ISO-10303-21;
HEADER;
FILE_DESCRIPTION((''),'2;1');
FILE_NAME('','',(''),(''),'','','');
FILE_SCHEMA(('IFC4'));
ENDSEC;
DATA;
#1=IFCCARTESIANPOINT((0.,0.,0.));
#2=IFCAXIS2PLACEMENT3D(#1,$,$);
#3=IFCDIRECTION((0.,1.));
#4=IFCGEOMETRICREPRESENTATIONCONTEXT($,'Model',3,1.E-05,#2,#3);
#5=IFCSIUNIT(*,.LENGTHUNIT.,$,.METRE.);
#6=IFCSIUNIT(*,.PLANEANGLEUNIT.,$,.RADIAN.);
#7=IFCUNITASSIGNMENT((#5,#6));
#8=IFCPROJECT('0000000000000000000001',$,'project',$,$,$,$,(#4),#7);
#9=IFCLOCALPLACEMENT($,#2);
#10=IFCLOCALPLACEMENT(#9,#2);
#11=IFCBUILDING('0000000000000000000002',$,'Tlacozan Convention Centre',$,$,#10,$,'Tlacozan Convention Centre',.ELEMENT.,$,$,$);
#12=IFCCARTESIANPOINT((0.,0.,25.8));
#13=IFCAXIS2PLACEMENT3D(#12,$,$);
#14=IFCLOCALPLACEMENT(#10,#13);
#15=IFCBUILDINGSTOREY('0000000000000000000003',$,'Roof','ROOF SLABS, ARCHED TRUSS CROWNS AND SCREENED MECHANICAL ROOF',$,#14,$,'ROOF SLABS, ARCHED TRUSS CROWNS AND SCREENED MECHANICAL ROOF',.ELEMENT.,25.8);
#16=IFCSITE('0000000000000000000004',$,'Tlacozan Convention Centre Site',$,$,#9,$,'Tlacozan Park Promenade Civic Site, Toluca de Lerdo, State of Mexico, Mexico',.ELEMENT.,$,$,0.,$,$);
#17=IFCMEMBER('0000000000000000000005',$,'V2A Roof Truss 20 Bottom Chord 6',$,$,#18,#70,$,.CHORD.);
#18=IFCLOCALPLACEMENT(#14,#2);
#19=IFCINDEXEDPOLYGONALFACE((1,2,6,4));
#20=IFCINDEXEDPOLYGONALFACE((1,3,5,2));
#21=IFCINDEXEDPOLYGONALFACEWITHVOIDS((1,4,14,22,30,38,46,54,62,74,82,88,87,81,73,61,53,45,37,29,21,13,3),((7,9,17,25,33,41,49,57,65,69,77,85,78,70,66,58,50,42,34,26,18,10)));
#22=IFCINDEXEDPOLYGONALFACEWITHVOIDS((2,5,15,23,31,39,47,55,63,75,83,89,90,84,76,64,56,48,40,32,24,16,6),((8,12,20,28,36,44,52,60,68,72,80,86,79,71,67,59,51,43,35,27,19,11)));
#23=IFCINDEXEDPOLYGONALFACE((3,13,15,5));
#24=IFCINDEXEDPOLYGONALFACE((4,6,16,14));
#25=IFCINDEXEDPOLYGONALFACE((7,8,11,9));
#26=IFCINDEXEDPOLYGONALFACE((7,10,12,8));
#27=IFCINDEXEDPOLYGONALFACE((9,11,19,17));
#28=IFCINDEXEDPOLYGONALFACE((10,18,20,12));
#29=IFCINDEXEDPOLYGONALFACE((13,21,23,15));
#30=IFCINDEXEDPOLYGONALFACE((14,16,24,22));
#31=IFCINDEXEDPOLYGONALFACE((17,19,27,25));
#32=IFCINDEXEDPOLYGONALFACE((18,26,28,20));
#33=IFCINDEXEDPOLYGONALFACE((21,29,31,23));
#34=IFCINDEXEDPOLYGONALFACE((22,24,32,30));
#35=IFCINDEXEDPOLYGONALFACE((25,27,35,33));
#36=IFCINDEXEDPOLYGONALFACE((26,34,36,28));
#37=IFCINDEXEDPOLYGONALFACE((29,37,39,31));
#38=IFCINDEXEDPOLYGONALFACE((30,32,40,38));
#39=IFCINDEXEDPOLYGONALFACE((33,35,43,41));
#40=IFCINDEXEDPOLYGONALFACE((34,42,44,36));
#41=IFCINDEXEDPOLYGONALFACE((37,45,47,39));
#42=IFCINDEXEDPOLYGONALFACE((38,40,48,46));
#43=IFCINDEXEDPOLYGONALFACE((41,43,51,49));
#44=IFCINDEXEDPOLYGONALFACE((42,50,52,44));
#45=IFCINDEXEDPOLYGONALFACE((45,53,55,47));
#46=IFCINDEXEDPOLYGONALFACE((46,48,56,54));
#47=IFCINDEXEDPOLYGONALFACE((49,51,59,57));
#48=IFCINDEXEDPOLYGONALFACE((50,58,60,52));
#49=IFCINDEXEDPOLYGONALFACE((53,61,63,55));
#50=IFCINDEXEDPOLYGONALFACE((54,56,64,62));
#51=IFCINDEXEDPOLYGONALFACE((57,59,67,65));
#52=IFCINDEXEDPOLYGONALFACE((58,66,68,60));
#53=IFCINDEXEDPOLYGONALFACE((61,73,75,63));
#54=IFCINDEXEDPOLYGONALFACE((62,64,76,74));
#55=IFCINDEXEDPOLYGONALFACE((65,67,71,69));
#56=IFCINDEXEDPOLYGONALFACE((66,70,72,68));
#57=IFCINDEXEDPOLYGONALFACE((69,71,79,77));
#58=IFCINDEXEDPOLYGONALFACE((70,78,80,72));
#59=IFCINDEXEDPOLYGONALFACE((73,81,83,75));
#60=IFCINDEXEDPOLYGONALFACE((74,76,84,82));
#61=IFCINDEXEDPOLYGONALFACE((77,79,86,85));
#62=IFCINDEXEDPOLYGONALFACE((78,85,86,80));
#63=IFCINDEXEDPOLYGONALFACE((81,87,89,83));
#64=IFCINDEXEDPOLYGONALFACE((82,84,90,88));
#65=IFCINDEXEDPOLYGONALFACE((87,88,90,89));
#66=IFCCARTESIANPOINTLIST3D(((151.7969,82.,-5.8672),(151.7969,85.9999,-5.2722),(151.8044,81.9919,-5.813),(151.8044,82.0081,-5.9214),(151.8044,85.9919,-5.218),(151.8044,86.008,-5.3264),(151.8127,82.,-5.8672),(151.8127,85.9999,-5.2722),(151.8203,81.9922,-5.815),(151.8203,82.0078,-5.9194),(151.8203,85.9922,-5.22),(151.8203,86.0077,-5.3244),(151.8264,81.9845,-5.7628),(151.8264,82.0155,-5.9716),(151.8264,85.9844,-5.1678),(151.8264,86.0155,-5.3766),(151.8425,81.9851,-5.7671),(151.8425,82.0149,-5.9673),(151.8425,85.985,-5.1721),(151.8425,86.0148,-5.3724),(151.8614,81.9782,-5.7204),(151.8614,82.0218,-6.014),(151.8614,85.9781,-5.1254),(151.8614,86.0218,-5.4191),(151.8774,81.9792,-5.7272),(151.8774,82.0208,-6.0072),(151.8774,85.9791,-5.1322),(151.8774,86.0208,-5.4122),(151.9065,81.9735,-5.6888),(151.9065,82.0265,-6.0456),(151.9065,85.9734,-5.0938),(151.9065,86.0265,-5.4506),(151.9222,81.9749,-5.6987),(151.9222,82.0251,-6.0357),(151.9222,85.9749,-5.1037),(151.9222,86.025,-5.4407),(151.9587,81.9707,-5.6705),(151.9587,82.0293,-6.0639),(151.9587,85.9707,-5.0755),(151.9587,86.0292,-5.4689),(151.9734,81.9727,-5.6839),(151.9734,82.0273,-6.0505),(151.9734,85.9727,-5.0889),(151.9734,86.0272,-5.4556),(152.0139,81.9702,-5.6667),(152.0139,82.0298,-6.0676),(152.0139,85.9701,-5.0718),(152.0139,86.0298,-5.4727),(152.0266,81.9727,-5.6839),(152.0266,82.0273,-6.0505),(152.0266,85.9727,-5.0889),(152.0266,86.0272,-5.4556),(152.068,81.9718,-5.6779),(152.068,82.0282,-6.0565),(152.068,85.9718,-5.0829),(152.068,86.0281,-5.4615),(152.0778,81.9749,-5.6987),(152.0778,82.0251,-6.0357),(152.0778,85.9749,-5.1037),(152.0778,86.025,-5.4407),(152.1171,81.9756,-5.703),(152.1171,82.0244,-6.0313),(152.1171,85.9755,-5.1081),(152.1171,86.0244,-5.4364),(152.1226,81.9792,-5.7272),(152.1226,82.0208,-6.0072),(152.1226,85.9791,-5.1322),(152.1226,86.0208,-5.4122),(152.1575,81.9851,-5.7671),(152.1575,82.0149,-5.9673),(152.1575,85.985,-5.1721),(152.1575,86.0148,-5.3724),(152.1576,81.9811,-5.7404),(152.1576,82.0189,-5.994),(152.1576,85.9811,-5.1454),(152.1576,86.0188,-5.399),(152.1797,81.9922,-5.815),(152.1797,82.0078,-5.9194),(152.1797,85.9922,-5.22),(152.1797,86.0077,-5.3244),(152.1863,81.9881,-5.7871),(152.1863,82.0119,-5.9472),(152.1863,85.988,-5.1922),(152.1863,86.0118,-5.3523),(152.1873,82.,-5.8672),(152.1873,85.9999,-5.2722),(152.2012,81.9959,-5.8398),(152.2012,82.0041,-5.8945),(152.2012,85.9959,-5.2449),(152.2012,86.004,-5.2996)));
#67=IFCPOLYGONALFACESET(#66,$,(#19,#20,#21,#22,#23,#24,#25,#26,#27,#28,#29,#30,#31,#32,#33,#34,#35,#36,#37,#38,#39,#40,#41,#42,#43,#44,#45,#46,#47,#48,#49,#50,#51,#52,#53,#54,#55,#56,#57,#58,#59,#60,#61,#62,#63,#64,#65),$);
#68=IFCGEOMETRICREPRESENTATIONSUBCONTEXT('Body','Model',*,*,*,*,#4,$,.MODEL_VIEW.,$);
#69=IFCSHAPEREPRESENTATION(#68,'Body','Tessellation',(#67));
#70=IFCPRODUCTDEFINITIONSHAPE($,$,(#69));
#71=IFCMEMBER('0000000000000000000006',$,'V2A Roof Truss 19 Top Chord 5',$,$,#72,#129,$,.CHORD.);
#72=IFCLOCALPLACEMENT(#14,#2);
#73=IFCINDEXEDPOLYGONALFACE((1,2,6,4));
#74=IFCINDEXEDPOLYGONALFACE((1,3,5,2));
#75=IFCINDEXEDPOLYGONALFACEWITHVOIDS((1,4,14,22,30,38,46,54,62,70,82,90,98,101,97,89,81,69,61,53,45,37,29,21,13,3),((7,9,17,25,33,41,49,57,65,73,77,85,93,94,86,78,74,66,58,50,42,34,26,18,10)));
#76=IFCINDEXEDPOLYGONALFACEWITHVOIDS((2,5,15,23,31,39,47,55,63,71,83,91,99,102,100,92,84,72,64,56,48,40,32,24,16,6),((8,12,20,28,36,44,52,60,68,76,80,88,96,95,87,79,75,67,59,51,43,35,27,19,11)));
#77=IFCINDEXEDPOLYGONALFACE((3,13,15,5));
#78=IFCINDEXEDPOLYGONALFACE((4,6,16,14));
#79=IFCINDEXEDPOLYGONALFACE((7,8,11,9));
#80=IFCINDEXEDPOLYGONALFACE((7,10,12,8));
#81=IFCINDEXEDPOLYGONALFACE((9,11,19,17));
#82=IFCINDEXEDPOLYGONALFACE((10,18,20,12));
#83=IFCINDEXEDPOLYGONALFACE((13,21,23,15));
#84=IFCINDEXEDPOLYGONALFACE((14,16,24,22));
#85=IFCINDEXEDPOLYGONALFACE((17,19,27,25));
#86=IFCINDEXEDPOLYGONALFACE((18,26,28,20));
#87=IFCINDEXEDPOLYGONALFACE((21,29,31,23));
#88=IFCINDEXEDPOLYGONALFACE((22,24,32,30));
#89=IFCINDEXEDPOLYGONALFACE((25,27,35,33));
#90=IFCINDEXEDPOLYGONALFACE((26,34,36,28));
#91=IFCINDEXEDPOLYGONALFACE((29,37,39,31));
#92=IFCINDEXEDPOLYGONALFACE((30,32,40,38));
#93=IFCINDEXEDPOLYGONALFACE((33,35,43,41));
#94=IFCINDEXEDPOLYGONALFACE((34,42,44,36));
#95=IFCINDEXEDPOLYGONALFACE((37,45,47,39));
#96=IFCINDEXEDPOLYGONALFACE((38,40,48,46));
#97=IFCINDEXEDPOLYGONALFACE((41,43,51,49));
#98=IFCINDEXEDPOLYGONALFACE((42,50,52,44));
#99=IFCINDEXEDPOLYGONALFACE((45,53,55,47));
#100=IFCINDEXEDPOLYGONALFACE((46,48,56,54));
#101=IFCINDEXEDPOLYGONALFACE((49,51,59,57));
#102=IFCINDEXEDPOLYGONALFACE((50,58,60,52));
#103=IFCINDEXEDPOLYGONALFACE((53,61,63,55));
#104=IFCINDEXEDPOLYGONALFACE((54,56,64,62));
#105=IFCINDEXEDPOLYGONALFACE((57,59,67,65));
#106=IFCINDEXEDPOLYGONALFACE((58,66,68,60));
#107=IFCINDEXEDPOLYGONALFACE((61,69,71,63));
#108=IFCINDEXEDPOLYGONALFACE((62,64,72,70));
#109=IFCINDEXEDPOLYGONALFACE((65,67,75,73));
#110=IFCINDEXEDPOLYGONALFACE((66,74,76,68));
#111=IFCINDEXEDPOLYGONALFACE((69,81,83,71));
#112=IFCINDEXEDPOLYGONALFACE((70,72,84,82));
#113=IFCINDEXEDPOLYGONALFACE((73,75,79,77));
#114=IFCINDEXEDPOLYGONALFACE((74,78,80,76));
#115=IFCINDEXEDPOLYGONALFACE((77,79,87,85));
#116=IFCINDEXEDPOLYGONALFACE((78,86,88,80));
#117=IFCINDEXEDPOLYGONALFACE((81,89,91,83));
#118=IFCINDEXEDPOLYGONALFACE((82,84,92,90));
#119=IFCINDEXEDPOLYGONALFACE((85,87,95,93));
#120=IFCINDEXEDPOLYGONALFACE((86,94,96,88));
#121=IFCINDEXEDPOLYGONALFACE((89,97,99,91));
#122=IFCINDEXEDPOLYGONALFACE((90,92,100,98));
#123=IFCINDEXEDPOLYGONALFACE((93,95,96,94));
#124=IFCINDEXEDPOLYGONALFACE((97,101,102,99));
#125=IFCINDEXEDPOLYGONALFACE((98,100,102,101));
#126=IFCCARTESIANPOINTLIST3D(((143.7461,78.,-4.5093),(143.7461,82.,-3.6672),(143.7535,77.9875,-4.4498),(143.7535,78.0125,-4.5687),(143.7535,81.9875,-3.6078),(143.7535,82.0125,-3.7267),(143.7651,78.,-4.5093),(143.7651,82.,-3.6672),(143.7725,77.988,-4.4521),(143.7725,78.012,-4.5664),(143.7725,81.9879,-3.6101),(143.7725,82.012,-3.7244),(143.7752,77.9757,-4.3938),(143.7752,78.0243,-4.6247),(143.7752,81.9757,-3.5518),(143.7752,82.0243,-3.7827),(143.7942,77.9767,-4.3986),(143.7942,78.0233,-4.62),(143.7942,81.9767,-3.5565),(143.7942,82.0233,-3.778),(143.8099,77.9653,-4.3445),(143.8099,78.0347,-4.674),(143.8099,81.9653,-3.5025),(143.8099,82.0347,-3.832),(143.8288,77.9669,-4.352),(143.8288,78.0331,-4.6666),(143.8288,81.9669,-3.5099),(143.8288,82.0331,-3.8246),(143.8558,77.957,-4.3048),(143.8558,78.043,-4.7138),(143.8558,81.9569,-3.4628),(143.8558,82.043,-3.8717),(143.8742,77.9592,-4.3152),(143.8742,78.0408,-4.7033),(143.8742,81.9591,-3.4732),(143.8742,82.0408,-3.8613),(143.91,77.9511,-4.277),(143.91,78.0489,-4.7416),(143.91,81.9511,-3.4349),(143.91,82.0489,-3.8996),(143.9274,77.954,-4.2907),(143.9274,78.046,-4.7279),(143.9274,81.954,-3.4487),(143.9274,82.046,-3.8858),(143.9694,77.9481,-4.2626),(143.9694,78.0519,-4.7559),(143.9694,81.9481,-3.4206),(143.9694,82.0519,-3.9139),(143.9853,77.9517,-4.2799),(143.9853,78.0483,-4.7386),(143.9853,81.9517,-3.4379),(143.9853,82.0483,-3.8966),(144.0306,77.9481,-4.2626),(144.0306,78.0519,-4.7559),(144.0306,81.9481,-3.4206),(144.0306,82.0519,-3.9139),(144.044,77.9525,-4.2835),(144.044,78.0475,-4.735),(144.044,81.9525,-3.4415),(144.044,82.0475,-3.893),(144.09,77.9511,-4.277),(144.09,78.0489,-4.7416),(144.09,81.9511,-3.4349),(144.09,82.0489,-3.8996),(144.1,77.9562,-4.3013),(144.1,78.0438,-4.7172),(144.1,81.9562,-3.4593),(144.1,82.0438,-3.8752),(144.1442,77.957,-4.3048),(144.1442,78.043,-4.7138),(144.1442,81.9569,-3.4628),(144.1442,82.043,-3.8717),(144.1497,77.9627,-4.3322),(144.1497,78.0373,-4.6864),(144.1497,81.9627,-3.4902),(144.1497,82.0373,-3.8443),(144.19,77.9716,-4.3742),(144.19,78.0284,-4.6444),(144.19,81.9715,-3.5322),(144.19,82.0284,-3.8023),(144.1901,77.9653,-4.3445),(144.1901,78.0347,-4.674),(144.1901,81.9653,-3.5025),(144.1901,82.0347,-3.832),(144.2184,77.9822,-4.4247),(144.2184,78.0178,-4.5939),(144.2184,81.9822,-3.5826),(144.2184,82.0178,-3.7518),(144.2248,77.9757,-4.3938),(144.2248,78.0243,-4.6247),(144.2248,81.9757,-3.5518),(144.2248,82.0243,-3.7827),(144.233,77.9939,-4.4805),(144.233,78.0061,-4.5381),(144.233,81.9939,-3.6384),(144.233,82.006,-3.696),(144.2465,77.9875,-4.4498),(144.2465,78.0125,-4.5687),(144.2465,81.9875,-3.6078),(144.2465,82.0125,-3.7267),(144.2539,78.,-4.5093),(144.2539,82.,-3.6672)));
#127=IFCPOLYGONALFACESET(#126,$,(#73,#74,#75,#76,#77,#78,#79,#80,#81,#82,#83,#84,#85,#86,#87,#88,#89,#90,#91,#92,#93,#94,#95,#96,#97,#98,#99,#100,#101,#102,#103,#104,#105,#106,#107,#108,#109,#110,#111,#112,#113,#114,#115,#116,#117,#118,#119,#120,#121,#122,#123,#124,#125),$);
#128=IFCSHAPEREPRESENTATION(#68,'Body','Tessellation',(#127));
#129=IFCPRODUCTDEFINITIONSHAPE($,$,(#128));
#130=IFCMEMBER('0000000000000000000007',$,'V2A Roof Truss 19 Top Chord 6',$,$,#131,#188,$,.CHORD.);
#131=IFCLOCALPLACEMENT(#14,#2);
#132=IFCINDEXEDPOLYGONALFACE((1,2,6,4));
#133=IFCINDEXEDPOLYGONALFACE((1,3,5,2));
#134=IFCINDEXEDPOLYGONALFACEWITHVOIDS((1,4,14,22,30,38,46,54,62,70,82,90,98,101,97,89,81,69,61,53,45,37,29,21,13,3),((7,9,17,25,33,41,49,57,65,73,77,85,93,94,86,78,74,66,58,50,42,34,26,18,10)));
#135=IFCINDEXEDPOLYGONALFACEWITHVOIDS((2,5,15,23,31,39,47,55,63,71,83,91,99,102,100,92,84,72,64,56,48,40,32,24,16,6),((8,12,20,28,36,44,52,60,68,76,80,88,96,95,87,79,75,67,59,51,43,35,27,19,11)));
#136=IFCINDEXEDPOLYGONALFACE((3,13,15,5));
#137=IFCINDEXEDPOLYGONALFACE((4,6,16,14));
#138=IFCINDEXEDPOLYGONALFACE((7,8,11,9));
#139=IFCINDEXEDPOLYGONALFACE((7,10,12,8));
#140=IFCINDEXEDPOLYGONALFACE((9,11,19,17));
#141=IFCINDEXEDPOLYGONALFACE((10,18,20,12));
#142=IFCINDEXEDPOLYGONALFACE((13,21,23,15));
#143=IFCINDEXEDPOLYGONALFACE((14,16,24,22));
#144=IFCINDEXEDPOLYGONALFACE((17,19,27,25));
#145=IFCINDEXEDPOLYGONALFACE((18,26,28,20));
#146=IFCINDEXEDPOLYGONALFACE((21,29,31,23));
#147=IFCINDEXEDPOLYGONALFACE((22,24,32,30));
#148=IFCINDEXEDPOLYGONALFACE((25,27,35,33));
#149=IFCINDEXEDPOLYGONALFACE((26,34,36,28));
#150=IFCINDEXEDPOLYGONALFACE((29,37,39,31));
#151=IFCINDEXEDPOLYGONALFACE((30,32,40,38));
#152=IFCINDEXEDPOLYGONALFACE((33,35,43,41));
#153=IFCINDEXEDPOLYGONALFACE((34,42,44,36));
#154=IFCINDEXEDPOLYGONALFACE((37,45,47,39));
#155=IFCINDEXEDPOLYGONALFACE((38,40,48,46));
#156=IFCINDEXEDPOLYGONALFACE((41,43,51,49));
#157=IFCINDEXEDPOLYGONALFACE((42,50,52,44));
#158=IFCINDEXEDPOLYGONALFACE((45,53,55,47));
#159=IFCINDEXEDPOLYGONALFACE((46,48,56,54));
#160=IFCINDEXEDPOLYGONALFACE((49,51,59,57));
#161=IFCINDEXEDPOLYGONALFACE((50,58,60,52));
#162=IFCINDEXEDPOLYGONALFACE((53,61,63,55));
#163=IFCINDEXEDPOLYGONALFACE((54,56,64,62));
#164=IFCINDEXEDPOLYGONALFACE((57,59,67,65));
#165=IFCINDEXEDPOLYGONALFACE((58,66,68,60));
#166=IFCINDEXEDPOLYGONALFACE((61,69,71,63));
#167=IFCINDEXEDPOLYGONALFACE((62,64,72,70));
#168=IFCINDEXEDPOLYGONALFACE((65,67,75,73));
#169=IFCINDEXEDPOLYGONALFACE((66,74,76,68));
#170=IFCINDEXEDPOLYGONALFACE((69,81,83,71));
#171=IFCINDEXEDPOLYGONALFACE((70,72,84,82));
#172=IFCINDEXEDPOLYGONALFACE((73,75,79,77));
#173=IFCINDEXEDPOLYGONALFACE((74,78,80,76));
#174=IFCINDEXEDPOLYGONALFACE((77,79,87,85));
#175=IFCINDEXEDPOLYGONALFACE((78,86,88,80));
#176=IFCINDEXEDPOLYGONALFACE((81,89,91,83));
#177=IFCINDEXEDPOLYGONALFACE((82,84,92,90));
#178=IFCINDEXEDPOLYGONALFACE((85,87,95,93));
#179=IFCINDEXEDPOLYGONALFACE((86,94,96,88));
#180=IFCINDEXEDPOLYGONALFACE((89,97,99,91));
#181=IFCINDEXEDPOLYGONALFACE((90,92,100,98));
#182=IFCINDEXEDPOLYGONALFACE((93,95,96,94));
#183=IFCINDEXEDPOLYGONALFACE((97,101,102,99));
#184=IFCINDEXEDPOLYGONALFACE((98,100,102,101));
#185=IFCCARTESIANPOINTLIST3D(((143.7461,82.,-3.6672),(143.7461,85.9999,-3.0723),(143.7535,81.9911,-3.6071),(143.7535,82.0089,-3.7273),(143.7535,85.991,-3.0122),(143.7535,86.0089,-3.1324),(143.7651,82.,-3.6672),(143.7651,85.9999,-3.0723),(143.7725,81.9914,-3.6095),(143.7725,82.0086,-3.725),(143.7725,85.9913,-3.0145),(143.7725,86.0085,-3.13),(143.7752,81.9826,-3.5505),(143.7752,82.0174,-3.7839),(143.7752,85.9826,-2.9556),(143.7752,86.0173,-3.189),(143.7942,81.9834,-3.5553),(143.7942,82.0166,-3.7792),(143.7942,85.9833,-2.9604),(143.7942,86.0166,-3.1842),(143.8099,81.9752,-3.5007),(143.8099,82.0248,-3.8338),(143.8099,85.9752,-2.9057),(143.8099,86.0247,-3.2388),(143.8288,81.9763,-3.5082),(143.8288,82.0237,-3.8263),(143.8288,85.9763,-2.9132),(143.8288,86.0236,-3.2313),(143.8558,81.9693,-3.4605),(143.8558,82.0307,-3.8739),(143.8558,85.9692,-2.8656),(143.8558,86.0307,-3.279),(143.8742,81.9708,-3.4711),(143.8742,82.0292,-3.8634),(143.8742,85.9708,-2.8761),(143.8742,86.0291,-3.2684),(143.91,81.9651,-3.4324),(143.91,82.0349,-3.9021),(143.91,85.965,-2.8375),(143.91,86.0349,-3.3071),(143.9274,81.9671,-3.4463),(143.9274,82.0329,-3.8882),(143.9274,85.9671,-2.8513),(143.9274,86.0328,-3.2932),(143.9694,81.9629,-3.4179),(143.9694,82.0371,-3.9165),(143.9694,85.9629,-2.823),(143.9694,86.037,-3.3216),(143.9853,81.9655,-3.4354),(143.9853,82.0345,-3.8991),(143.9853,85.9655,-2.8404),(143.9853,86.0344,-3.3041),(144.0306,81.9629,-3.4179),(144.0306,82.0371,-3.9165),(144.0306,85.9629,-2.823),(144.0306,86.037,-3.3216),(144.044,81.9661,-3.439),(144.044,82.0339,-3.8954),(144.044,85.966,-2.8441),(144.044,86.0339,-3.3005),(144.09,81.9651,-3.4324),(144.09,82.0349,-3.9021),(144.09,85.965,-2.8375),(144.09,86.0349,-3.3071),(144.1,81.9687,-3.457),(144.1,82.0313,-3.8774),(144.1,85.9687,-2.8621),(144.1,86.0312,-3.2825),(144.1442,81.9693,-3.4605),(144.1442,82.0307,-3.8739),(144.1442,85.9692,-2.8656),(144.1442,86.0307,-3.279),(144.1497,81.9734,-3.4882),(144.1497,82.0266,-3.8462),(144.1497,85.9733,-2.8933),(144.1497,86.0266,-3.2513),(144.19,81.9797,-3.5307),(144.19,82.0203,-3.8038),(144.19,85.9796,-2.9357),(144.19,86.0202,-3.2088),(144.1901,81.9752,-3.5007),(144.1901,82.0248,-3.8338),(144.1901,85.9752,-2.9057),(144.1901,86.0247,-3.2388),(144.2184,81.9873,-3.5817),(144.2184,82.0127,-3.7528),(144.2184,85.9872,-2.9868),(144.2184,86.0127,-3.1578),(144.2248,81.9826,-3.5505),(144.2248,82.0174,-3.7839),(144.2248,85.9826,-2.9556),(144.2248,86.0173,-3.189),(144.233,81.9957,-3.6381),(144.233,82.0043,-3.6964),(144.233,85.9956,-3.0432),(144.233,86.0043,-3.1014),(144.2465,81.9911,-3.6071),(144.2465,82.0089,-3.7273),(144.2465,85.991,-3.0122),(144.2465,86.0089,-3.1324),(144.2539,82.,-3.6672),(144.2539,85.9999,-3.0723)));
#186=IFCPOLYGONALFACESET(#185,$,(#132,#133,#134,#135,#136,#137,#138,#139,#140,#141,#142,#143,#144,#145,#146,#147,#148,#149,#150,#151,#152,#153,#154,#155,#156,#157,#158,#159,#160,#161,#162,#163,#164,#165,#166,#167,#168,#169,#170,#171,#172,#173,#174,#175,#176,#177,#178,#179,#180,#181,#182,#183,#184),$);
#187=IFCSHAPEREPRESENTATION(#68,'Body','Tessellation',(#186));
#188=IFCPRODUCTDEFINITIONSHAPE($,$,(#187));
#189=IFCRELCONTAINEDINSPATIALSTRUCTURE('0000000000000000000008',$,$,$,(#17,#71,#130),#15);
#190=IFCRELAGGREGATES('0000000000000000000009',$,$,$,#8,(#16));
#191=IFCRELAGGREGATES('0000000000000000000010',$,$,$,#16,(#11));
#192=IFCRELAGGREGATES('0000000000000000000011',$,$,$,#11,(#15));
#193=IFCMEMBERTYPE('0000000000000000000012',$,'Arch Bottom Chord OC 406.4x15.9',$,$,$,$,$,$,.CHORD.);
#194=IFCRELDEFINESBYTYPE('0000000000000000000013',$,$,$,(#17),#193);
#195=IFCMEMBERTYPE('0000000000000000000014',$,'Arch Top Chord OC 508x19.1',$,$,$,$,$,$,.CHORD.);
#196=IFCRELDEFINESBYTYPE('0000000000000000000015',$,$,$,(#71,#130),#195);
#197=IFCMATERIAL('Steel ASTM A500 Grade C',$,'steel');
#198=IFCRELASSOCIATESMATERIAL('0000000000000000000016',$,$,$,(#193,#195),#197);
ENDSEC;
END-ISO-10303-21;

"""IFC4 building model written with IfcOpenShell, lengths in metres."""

from ifc_helpers import new_model, si_unit, direction, frame, origin, origin_2d, place, context, subcontext, project, spatial, hollow_circle, extrude, material, material_profile, profile_set, type_object, element, save


model = new_model("IFC4")

# Units and contexts
model_context = context("Model", 3, precision=1e-05, world=origin(), true_north=direction((0.0, 1.0)))
body_context = subcontext(model_context, "Body", "Model", "MODEL_VIEW")
ifc_project = project(units=[si_unit("LENGTHUNIT", "METRE"), si_unit("PLANEANGLEUNIT", "RADIAN")], contexts=[model_context])

# Site, building, storey
site_placement = place(None, origin())
site = spatial("IfcSite", under=ifc_project, at=site_placement, Name="Tlacozan Convention Centre Site", LongName="Tlacozan Park Promenade Civic Site, Toluca de Lerdo, State of Mexico, Mexico", CompositionType="ELEMENT", RefElevation=0.0)
building_placement = place(site_placement, origin())
building = spatial("IfcBuilding", under=site, at=building_placement, Name="Tlacozan Convention Centre", LongName="Tlacozan Convention Centre", CompositionType="ELEMENT")
storey_placement = place(building_placement, frame((0.0, 0.0, 25.8)))
storey = spatial("IfcBuildingStorey", under=building, at=storey_placement, Name="Roof", Description="ROOF SLABS, ARCHED TRUSS CROWNS AND SCREENED MECHANICAL ROOF", LongName="ROOF SLABS, ARCHED TRUSS CROWNS AND SCREENED MECHANICAL ROOF", CompositionType="ELEMENT", Elevation=25.8)

# Members
ifc_material_1 = material(Name="Steel ASTM A500 Grade C", Category="steel")
ifc_material_profile_1 = material_profile(ifc_material_1, hollow_circle(Radius=0.2031, WallThickness=0.0159, at=origin_2d()), Name="OC 406.4x15.9")
ifc_profile_set_1 = profile_set([ifc_material_profile_1], Name="Steel ASTM A500 Grade C")
member_type_1 = type_object("IfcMemberType", Name="Arch Bottom Chord OC 406.4x15.9", PredefinedType="CHORD", material=ifc_profile_set_1)
member_1_placement = place(storey_placement, frame((152.0, 82.0, -5.8672), z_axis=(0.0, 0.989118, 0.147124), x_axis=(-1.0, 0.0, 0.0)))
element("IfcMember", 1, at=member_1_placement, inside=storey, type_object=member_type_1, Name="V2A Roof Truss 20 Bottom Chord 6", PredefinedType="CHORD", context=body_context, shape_type="SweptSolid", body=[
    extrude(hollow_circle(Radius=0.2031, WallThickness=0.0159, at=origin_2d()), origin(), (0.0, 0.0, 1.0), 4.0439),
])
ifc_material_profile_2 = material_profile(ifc_material_1, hollow_circle(Radius=0.2539, WallThickness=0.019, at=origin_2d()), Name="OC 508.0x19.1")
ifc_profile_set_2 = profile_set([ifc_material_profile_2], Name="Steel ASTM A500 Grade C")
member_type_2 = type_object("IfcMemberType", Name="Arch Top Chord OC 508x19.1", PredefinedType="CHORD", material=ifc_profile_set_2)
member_2_placement = place(storey_placement, frame((144.0, 78.0, -4.5093), z_axis=(0.0, 0.978553, 0.205995), x_axis=(-1.0, 0.0, 0.0)))
element("IfcMember", 2, at=member_2_placement, inside=storey, type_object=member_type_2, Name="V2A Roof Truss 19 Top Chord 5", PredefinedType="CHORD", context=body_context, shape_type="SweptSolid", body=[
    extrude(hollow_circle(Radius=0.2539, WallThickness=0.019, at=origin_2d()), origin(), (0.0, 0.0, 1.0), 4.0876),
])
member_3_placement = place(storey_placement, frame((144.0, 82.0, -3.6672), z_axis=(0.0, 0.989118, 0.147124), x_axis=(-1.0, 0.0, 0.0)))
element("IfcMember", 3, at=member_3_placement, inside=storey, type_object=member_type_2, Name="V2A Roof Truss 19 Top Chord 6", PredefinedType="CHORD", context=body_context, shape_type="SweptSolid", body=[
    extrude(hollow_circle(Radius=0.2539, WallThickness=0.019, at=origin_2d()), origin(), (0.0, 0.0, 1.0), 4.0439),
])

save(model, "model.ifc")
